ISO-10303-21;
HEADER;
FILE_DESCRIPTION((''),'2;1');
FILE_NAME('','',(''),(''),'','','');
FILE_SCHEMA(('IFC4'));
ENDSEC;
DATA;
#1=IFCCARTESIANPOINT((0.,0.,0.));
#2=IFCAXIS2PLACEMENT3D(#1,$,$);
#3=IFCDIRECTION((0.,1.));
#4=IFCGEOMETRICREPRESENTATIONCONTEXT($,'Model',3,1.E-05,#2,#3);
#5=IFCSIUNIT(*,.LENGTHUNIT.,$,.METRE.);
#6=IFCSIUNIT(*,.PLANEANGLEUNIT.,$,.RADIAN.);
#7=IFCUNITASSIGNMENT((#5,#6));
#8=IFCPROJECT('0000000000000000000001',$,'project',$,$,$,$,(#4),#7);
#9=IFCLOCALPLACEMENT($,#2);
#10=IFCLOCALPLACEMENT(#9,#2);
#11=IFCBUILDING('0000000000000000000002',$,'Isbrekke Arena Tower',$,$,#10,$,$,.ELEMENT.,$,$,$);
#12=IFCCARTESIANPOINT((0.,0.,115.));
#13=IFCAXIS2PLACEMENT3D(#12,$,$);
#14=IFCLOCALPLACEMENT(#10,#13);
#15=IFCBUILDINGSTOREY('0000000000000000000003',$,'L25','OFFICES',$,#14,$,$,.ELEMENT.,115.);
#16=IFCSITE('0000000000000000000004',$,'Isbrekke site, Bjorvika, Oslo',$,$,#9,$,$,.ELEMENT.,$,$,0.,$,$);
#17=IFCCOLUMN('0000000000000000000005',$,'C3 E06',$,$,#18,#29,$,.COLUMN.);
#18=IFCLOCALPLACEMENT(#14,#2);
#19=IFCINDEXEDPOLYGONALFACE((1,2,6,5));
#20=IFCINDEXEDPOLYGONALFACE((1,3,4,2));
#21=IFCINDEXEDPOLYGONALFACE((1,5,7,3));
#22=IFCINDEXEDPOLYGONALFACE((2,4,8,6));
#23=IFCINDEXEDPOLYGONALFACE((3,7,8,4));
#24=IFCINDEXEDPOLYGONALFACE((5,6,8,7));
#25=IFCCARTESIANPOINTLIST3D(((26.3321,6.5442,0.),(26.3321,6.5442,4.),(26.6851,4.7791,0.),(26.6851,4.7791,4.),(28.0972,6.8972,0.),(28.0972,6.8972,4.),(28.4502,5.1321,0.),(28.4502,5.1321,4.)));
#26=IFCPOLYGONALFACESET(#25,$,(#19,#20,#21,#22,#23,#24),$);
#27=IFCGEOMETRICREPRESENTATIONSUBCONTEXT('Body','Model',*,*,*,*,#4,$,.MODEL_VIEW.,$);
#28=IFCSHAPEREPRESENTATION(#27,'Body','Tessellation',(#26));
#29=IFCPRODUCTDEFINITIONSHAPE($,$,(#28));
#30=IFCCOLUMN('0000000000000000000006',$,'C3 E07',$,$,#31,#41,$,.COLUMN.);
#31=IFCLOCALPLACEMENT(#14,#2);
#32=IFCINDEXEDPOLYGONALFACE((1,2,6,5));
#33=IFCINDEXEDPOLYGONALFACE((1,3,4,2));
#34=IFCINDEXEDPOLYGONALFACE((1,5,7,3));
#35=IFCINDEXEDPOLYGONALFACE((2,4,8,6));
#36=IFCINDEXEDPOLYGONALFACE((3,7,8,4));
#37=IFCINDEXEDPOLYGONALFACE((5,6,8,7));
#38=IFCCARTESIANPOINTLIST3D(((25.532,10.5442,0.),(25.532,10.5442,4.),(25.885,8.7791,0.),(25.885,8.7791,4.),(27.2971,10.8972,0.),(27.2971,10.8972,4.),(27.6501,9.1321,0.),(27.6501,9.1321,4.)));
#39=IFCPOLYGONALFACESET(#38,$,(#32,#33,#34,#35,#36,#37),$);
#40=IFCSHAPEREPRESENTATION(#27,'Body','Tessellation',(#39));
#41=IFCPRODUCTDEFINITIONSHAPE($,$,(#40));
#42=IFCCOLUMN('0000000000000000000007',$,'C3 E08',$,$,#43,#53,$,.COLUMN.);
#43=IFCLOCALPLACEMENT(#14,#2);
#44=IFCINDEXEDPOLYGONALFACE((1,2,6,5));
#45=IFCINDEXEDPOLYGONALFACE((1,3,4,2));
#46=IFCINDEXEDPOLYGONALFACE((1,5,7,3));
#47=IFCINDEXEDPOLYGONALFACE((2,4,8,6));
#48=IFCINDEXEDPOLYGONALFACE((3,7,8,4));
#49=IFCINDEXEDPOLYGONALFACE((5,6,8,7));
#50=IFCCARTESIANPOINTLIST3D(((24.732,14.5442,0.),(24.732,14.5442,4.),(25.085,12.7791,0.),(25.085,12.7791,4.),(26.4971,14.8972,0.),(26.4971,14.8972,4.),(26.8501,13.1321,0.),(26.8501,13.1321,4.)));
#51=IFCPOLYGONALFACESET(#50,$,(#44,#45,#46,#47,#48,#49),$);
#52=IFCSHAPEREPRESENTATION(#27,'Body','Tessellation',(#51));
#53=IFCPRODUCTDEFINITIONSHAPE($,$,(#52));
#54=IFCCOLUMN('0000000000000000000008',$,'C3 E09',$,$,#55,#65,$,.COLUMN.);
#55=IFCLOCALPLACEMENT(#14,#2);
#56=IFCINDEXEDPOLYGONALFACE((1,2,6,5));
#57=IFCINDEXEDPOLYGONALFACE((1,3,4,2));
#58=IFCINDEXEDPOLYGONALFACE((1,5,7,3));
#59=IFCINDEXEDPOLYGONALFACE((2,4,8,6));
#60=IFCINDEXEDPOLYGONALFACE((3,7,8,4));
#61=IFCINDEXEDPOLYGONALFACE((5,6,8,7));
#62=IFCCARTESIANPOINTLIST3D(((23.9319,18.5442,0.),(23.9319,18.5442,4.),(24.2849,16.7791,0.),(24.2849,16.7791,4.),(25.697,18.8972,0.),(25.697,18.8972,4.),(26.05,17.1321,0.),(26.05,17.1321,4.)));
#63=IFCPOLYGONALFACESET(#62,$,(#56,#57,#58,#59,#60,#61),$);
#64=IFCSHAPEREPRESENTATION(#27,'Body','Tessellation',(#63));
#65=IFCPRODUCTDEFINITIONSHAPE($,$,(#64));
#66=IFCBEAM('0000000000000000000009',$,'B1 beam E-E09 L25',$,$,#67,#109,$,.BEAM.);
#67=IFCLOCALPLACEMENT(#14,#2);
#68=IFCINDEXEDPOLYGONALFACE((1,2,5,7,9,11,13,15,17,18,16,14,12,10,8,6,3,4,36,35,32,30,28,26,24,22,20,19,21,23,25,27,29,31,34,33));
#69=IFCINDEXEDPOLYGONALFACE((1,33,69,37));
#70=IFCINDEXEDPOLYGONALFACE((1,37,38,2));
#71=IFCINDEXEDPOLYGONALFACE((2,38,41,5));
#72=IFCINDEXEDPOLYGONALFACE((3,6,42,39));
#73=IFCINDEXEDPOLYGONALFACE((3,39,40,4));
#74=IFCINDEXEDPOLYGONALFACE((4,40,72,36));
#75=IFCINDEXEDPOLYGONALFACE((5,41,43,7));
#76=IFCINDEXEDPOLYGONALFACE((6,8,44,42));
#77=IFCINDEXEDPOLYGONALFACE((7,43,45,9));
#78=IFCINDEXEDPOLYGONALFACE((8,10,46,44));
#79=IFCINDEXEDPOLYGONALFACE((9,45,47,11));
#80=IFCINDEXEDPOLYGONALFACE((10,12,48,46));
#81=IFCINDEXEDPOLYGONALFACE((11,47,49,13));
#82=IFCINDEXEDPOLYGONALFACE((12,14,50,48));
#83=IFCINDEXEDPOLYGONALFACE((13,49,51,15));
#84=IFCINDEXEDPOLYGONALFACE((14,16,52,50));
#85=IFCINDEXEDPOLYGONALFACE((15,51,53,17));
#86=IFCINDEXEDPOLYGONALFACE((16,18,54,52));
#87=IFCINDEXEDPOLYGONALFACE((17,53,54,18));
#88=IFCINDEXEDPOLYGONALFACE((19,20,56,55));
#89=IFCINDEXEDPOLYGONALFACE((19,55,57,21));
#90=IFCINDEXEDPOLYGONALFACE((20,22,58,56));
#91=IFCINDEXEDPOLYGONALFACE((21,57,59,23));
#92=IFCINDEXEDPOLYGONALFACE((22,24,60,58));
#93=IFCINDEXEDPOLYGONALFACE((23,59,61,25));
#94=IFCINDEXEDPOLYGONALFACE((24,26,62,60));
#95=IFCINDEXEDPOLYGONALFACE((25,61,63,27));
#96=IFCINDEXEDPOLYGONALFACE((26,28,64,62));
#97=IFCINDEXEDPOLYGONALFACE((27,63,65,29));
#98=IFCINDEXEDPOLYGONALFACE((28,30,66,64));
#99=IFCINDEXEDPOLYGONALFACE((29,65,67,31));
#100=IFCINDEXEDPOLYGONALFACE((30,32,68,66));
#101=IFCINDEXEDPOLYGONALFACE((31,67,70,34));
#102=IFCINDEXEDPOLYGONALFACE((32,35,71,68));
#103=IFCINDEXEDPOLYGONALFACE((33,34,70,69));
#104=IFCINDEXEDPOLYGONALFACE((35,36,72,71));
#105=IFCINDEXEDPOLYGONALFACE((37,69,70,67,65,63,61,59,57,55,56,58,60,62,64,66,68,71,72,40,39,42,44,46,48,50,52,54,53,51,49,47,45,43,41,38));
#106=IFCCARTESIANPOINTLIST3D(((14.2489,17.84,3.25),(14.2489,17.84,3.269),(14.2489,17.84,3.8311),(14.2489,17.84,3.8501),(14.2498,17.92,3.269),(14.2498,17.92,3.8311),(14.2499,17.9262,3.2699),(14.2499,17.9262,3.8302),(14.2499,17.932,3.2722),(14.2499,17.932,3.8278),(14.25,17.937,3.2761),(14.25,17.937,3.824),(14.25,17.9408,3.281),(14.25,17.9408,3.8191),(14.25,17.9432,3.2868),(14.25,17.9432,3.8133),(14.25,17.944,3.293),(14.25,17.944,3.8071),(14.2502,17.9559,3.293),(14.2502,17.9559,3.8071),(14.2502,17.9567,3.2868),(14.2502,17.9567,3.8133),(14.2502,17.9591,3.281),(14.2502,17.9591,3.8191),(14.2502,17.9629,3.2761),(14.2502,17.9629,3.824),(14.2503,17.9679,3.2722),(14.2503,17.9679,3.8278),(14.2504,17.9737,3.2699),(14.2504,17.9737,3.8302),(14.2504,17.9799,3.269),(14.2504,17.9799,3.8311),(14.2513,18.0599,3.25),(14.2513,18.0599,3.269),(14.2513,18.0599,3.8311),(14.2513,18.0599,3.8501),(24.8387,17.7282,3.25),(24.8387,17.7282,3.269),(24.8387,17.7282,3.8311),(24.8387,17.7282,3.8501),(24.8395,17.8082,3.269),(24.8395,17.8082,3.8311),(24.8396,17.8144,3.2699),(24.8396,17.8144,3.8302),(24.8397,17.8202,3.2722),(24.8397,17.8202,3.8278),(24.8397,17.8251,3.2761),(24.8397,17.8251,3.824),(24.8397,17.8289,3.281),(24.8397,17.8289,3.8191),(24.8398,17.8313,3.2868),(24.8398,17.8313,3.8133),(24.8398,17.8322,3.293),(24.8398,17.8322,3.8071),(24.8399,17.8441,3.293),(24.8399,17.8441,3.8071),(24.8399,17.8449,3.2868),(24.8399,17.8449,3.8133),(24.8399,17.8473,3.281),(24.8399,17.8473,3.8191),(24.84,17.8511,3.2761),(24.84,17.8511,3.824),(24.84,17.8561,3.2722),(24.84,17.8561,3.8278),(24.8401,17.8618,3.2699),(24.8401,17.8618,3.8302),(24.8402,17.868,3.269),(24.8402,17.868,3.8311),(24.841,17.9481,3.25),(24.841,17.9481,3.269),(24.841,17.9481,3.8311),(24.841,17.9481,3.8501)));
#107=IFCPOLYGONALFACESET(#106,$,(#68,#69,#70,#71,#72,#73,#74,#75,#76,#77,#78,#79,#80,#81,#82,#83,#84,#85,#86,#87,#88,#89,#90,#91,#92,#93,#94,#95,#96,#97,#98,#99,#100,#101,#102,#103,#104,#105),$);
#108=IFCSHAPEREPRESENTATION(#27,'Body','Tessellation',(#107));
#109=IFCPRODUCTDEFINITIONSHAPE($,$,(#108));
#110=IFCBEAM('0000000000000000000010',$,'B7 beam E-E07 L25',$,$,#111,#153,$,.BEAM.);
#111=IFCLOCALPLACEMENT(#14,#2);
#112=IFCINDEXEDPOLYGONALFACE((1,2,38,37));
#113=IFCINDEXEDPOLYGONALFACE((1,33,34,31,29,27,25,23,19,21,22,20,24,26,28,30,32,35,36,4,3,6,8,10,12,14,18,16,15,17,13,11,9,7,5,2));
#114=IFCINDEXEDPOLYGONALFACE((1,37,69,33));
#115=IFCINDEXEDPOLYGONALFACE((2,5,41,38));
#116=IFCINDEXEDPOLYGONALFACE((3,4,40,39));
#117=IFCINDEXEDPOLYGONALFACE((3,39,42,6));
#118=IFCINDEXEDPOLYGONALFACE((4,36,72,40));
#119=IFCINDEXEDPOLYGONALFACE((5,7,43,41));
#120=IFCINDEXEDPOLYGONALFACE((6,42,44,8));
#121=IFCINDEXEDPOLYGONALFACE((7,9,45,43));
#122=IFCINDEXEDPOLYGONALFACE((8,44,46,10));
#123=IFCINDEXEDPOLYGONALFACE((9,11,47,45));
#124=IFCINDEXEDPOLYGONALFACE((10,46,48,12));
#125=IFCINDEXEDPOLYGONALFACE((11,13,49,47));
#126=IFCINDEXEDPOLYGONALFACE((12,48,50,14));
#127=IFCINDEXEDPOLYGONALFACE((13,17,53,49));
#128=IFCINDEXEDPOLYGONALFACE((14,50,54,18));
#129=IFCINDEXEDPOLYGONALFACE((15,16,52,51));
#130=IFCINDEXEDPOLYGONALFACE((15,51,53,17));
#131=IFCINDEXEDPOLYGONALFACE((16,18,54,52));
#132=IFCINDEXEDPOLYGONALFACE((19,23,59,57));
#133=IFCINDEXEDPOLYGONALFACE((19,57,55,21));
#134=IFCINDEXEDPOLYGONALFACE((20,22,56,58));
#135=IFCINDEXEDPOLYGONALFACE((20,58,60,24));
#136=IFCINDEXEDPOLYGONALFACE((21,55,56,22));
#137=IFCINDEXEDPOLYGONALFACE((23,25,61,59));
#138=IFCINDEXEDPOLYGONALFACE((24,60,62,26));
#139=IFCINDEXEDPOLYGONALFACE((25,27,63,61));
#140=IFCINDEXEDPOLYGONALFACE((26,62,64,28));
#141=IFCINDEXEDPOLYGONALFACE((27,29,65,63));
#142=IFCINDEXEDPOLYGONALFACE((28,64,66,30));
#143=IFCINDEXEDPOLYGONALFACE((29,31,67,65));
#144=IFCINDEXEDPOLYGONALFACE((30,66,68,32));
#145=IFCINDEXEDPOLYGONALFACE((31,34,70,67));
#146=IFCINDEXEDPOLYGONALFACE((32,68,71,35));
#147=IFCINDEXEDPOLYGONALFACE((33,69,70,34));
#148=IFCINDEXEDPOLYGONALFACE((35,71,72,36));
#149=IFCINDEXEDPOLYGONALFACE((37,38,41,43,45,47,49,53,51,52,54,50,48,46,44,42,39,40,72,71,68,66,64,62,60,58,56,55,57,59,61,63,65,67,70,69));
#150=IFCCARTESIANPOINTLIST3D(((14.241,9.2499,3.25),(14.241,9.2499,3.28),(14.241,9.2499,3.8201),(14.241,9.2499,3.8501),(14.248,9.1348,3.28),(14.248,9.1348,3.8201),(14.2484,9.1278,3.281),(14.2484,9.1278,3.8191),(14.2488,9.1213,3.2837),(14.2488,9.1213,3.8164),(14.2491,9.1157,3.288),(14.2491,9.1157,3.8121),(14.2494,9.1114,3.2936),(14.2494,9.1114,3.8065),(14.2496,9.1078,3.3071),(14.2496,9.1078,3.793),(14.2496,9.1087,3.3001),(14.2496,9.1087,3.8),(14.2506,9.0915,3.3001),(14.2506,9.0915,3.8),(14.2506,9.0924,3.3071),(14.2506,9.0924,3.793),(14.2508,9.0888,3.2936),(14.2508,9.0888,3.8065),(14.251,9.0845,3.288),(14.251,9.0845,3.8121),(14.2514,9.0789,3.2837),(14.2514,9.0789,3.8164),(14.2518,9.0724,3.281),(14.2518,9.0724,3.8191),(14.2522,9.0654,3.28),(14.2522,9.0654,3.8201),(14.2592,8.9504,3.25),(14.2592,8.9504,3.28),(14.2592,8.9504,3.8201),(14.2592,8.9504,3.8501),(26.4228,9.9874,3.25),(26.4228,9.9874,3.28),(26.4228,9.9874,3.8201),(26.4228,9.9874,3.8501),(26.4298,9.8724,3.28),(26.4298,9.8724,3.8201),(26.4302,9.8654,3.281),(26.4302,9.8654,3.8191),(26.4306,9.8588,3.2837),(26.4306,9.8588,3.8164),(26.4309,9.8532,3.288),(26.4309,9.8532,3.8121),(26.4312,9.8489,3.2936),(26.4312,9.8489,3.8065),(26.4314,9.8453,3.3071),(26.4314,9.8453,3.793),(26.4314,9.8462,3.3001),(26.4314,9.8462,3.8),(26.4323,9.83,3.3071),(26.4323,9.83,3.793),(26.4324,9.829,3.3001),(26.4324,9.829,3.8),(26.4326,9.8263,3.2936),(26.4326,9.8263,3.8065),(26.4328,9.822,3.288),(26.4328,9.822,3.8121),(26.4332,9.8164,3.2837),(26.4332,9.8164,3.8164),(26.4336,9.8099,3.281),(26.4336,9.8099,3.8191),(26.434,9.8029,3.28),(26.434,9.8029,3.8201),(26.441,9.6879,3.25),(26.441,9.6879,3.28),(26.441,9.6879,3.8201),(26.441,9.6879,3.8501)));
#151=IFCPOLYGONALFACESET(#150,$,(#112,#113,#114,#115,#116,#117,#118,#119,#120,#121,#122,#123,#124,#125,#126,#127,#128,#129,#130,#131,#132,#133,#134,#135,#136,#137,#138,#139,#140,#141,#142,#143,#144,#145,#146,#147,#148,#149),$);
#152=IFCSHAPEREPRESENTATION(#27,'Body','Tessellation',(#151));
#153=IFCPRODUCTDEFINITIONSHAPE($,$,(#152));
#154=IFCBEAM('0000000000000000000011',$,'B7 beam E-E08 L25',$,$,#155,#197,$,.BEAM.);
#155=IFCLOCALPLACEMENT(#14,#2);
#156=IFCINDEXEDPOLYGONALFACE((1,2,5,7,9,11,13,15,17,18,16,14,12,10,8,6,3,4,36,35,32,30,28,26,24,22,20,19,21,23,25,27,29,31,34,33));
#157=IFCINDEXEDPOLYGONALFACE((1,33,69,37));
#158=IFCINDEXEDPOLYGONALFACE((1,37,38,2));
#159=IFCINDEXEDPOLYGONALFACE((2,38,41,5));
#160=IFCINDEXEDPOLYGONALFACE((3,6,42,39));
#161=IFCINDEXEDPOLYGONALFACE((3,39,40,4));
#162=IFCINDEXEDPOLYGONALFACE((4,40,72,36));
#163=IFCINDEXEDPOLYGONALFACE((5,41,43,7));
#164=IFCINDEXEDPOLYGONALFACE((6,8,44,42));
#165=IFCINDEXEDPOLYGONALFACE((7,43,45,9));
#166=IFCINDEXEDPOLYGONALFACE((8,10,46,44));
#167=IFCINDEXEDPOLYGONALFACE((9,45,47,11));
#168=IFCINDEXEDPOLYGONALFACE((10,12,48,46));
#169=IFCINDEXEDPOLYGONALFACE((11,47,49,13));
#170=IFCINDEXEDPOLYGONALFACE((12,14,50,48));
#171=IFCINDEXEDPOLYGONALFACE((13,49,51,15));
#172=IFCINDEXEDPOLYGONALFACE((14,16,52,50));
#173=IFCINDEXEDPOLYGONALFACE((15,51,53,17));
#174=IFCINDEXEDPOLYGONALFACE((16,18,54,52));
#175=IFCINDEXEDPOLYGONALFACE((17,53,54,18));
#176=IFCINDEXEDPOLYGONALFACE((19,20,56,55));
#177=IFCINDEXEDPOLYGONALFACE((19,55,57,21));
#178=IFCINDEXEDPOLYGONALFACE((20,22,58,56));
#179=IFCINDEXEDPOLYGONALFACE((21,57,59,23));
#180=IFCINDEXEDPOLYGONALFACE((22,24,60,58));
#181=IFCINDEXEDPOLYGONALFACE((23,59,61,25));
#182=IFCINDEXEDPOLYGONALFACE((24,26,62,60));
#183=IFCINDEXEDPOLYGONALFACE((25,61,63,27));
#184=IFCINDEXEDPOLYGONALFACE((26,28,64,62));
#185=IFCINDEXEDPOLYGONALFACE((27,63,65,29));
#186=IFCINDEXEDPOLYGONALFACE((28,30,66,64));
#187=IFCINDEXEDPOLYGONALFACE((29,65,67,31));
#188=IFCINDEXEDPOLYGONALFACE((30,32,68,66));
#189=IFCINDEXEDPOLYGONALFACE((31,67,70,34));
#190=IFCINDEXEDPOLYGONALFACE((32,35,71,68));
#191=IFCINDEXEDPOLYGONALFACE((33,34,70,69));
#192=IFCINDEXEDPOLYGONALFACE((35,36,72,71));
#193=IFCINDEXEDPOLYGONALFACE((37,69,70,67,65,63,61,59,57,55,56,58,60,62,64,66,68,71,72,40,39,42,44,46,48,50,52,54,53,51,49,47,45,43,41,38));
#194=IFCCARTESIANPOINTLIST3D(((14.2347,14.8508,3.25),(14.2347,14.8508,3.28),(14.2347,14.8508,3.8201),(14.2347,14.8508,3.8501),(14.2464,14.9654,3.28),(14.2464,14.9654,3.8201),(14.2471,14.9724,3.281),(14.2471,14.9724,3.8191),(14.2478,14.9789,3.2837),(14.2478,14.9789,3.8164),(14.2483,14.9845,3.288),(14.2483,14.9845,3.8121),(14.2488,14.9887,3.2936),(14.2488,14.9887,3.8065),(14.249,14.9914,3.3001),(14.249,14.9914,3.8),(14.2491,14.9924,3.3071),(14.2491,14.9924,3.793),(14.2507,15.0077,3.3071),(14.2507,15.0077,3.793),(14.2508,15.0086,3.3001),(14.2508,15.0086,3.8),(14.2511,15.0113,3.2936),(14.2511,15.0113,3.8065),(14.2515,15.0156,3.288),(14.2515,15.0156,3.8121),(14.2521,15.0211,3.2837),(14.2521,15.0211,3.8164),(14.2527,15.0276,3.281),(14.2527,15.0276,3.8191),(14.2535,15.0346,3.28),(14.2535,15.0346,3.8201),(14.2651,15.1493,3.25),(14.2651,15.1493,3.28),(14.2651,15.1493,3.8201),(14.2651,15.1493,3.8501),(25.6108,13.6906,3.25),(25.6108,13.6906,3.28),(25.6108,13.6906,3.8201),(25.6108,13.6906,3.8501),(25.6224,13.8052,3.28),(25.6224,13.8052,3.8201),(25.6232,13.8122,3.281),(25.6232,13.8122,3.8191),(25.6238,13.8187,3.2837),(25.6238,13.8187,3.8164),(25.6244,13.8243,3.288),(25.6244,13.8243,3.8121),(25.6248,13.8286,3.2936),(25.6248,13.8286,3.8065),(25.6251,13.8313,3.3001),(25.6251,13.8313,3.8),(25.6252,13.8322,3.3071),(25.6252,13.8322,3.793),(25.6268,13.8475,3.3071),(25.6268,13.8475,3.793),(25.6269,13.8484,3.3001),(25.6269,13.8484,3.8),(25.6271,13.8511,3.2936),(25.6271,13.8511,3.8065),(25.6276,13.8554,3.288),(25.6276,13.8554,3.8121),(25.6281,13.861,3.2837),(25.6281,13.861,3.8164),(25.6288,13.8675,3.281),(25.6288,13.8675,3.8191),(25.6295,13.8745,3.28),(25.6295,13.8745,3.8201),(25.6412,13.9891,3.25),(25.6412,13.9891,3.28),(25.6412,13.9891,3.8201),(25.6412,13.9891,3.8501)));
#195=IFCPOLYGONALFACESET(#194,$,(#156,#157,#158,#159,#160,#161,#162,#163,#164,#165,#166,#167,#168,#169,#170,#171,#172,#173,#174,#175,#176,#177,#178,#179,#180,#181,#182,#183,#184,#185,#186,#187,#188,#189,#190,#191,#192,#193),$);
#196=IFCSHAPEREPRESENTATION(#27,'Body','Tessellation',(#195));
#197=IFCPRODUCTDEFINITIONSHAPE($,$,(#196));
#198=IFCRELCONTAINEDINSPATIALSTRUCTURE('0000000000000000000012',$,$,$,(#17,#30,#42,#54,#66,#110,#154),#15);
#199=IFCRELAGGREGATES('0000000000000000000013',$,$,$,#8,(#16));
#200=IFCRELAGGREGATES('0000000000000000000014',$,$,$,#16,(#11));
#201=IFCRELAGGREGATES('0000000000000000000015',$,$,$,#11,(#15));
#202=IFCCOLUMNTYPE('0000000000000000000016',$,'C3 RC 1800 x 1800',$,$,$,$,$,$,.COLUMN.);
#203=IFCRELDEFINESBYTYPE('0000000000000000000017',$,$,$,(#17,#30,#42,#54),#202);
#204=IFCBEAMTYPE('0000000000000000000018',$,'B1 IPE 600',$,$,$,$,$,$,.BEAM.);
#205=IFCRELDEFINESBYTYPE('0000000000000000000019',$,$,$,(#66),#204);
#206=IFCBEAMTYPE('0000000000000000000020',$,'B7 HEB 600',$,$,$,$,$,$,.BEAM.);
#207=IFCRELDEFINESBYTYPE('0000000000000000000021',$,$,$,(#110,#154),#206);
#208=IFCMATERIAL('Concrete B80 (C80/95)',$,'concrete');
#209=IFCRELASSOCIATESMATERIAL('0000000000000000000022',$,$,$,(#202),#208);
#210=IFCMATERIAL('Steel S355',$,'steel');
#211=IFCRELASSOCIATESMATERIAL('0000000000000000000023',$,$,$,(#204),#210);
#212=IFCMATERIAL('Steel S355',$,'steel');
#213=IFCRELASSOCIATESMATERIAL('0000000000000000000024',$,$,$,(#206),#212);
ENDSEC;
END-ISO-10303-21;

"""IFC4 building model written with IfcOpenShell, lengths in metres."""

from ifc_helpers import new_model, si_unit, direction, frame, origin, origin_2d, place, context, subcontext, project, spatial, rectangle, i_section, extrude, material, material_profile, profile_set, type_object, element, save


model = new_model("IFC4")

# Units and contexts
model_context = context("Model", 3, precision=1e-05, world=origin(), true_north=direction((0.0, 1.0)))
body_context = subcontext(model_context, "Body", "Model", "MODEL_VIEW")
ifc_project = project(units=[si_unit("LENGTHUNIT", "METRE"), si_unit("PLANEANGLEUNIT", "RADIAN")], contexts=[model_context])

# Site, building, storey
site_placement = place(None, origin())
site = spatial("IfcSite", under=ifc_project, at=site_placement, Name="Isbrekke site, Bjorvika, Oslo", CompositionType="ELEMENT", RefElevation=0.0)
building_placement = place(site_placement, origin())
building = spatial("IfcBuilding", under=site, at=building_placement, Name="Isbrekke Arena Tower", CompositionType="ELEMENT")
storey_placement = place(building_placement, frame((0.0, 0.0, 115.0)))
storey = spatial("IfcBuildingStorey", under=building, at=storey_placement, Name="L25", Description="OFFICES", CompositionType="ELEMENT", Elevation=115.0)

# Columns
ifc_material_1 = material(Name="Concrete B80 (C80/95)", Category="concrete")
ifc_material_profile_1 = material_profile(ifc_material_1, rectangle(XDim=1.8, YDim=1.8, at=origin_2d()), Name="RC 1800x1800")
ifc_profile_set_1 = profile_set([ifc_material_profile_1], Name="Concrete B80 (C80/95)")
column_type = type_object("IfcColumnType", Name="C3 RC 1800 x 1800", PredefinedType="COLUMN", material=ifc_profile_set_1)
for number, where, z_axis, x_axis, name in (
    (1, (27.3911, 5.8381, 0.0), (0.0, 0.0, 1.0), (-0.196116, 0.980581, 0.0), "C3 E06"),
    (2, (26.5911, 9.8381, 0.0), (0.0, 0.0, 1.0), (-0.196116, 0.980581, 0.0), "C3 E07"),
    (3, (25.791, 13.8381, 0.0), (0.0, 0.0, 1.0), (-0.196116, 0.980581, 0.0), "C3 E08"),
    (4, (24.991, 17.8381, 0.0), (0.0, 0.0, 1.0), (-0.196116, 0.980581, 0.0), "C3 E09"),
):
    element("IfcColumn", number, at=place(storey_placement, frame(where, z_axis=z_axis, x_axis=x_axis)), inside=storey, type_object=column_type, Name=name, PredefinedType="COLUMN", context=body_context, shape_type="SweptSolid", body=[
        extrude(rectangle(XDim=1.8, YDim=1.8, at=origin_2d()), origin(), (0.0, 0.0, 1.0), 4.0),
    ])

# Beams
ifc_material_2 = material(Name="Steel S355", Category="steel")
ifc_material_profile_2 = material_profile(ifc_material_2, i_section(OverallWidth=0.22, OverallDepth=0.6001, WebThickness=0.012, FlangeThickness=0.019, FilletRadius=0.0239, at=origin_2d()), Name="IPE 600")
ifc_profile_set_2 = profile_set([ifc_material_profile_2], Name="Steel S355")
beam_type_1 = type_object("IfcBeamType", Name="B1 IPE 600", PredefinedType="BEAM", material=ifc_profile_set_2)
beam_1_placement = place(storey_placement, frame((24.8398, 17.8381, 3.55), z_axis=(-0.999944, 0.010558, 0.0), x_axis=(-0.010558, -0.999944, 0.0)))
element("IfcBeam", 5, at=beam_1_placement, inside=storey, type_object=beam_type_1, Name="B1 beam E-E09 L25", PredefinedType="BEAM", context=body_context, shape_type="SweptSolid", body=[
    extrude(i_section(OverallWidth=0.22, OverallDepth=0.6001, WebThickness=0.012, FlangeThickness=0.019, FilletRadius=0.0239, at=origin_2d()), origin(), (0.0, 0.0, 1.0), 10.5903),
])
ifc_material_3 = material(Name="Steel S355", Category="steel")
ifc_material_profile_3 = material_profile(ifc_material_3, i_section(OverallWidth=0.3, OverallDepth=0.6001, WebThickness=0.0154, FlangeThickness=0.03, FilletRadius=0.0271, at=origin_2d()), Name="HEB 600")
ifc_profile_set_3 = profile_set([ifc_material_profile_3], Name="Steel S355")
beam_type_2 = type_object("IfcBeamType", Name="B7 HEB 600", PredefinedType="BEAM", material=ifc_profile_set_3)
beam_2_placement = place(storey_placement, frame((26.4319, 9.8376, 3.55), z_axis=(-0.998172, -0.060434, 0.0), x_axis=(0.060434, -0.998172, 0.0)))
element("IfcBeam", 6, at=beam_2_placement, inside=storey, type_object=beam_type_2, Name="B7 beam E-E07 L25", PredefinedType="BEAM", context=body_context, shape_type="SweptSolid", body=[
    extrude(i_section(OverallWidth=0.3, OverallDepth=0.6001, WebThickness=0.0154, FlangeThickness=0.03, FilletRadius=0.0271, at=origin_2d()), origin(), (0.0, 0.0, 1.0), 12.2041),
])
beam_3_placement = place(storey_placement, frame((25.626, 13.8398, 3.55), z_axis=(-0.99484, 0.101457, 0.0), x_axis=(-0.101457, -0.99484, 0.0)))
element("IfcBeam", 7, at=beam_3_placement, inside=storey, type_object=beam_type_2, Name="B7 beam E-E08 L25", PredefinedType="BEAM", context=body_context, shape_type="SweptSolid", body=[
    extrude(i_section(OverallWidth=0.3, OverallDepth=0.6001, WebThickness=0.0154, FlangeThickness=0.03, FilletRadius=0.0271, at=origin_2d()), origin(), (0.0, 0.0, 1.0), 11.4351),
])

save(model, "model.ifc")
